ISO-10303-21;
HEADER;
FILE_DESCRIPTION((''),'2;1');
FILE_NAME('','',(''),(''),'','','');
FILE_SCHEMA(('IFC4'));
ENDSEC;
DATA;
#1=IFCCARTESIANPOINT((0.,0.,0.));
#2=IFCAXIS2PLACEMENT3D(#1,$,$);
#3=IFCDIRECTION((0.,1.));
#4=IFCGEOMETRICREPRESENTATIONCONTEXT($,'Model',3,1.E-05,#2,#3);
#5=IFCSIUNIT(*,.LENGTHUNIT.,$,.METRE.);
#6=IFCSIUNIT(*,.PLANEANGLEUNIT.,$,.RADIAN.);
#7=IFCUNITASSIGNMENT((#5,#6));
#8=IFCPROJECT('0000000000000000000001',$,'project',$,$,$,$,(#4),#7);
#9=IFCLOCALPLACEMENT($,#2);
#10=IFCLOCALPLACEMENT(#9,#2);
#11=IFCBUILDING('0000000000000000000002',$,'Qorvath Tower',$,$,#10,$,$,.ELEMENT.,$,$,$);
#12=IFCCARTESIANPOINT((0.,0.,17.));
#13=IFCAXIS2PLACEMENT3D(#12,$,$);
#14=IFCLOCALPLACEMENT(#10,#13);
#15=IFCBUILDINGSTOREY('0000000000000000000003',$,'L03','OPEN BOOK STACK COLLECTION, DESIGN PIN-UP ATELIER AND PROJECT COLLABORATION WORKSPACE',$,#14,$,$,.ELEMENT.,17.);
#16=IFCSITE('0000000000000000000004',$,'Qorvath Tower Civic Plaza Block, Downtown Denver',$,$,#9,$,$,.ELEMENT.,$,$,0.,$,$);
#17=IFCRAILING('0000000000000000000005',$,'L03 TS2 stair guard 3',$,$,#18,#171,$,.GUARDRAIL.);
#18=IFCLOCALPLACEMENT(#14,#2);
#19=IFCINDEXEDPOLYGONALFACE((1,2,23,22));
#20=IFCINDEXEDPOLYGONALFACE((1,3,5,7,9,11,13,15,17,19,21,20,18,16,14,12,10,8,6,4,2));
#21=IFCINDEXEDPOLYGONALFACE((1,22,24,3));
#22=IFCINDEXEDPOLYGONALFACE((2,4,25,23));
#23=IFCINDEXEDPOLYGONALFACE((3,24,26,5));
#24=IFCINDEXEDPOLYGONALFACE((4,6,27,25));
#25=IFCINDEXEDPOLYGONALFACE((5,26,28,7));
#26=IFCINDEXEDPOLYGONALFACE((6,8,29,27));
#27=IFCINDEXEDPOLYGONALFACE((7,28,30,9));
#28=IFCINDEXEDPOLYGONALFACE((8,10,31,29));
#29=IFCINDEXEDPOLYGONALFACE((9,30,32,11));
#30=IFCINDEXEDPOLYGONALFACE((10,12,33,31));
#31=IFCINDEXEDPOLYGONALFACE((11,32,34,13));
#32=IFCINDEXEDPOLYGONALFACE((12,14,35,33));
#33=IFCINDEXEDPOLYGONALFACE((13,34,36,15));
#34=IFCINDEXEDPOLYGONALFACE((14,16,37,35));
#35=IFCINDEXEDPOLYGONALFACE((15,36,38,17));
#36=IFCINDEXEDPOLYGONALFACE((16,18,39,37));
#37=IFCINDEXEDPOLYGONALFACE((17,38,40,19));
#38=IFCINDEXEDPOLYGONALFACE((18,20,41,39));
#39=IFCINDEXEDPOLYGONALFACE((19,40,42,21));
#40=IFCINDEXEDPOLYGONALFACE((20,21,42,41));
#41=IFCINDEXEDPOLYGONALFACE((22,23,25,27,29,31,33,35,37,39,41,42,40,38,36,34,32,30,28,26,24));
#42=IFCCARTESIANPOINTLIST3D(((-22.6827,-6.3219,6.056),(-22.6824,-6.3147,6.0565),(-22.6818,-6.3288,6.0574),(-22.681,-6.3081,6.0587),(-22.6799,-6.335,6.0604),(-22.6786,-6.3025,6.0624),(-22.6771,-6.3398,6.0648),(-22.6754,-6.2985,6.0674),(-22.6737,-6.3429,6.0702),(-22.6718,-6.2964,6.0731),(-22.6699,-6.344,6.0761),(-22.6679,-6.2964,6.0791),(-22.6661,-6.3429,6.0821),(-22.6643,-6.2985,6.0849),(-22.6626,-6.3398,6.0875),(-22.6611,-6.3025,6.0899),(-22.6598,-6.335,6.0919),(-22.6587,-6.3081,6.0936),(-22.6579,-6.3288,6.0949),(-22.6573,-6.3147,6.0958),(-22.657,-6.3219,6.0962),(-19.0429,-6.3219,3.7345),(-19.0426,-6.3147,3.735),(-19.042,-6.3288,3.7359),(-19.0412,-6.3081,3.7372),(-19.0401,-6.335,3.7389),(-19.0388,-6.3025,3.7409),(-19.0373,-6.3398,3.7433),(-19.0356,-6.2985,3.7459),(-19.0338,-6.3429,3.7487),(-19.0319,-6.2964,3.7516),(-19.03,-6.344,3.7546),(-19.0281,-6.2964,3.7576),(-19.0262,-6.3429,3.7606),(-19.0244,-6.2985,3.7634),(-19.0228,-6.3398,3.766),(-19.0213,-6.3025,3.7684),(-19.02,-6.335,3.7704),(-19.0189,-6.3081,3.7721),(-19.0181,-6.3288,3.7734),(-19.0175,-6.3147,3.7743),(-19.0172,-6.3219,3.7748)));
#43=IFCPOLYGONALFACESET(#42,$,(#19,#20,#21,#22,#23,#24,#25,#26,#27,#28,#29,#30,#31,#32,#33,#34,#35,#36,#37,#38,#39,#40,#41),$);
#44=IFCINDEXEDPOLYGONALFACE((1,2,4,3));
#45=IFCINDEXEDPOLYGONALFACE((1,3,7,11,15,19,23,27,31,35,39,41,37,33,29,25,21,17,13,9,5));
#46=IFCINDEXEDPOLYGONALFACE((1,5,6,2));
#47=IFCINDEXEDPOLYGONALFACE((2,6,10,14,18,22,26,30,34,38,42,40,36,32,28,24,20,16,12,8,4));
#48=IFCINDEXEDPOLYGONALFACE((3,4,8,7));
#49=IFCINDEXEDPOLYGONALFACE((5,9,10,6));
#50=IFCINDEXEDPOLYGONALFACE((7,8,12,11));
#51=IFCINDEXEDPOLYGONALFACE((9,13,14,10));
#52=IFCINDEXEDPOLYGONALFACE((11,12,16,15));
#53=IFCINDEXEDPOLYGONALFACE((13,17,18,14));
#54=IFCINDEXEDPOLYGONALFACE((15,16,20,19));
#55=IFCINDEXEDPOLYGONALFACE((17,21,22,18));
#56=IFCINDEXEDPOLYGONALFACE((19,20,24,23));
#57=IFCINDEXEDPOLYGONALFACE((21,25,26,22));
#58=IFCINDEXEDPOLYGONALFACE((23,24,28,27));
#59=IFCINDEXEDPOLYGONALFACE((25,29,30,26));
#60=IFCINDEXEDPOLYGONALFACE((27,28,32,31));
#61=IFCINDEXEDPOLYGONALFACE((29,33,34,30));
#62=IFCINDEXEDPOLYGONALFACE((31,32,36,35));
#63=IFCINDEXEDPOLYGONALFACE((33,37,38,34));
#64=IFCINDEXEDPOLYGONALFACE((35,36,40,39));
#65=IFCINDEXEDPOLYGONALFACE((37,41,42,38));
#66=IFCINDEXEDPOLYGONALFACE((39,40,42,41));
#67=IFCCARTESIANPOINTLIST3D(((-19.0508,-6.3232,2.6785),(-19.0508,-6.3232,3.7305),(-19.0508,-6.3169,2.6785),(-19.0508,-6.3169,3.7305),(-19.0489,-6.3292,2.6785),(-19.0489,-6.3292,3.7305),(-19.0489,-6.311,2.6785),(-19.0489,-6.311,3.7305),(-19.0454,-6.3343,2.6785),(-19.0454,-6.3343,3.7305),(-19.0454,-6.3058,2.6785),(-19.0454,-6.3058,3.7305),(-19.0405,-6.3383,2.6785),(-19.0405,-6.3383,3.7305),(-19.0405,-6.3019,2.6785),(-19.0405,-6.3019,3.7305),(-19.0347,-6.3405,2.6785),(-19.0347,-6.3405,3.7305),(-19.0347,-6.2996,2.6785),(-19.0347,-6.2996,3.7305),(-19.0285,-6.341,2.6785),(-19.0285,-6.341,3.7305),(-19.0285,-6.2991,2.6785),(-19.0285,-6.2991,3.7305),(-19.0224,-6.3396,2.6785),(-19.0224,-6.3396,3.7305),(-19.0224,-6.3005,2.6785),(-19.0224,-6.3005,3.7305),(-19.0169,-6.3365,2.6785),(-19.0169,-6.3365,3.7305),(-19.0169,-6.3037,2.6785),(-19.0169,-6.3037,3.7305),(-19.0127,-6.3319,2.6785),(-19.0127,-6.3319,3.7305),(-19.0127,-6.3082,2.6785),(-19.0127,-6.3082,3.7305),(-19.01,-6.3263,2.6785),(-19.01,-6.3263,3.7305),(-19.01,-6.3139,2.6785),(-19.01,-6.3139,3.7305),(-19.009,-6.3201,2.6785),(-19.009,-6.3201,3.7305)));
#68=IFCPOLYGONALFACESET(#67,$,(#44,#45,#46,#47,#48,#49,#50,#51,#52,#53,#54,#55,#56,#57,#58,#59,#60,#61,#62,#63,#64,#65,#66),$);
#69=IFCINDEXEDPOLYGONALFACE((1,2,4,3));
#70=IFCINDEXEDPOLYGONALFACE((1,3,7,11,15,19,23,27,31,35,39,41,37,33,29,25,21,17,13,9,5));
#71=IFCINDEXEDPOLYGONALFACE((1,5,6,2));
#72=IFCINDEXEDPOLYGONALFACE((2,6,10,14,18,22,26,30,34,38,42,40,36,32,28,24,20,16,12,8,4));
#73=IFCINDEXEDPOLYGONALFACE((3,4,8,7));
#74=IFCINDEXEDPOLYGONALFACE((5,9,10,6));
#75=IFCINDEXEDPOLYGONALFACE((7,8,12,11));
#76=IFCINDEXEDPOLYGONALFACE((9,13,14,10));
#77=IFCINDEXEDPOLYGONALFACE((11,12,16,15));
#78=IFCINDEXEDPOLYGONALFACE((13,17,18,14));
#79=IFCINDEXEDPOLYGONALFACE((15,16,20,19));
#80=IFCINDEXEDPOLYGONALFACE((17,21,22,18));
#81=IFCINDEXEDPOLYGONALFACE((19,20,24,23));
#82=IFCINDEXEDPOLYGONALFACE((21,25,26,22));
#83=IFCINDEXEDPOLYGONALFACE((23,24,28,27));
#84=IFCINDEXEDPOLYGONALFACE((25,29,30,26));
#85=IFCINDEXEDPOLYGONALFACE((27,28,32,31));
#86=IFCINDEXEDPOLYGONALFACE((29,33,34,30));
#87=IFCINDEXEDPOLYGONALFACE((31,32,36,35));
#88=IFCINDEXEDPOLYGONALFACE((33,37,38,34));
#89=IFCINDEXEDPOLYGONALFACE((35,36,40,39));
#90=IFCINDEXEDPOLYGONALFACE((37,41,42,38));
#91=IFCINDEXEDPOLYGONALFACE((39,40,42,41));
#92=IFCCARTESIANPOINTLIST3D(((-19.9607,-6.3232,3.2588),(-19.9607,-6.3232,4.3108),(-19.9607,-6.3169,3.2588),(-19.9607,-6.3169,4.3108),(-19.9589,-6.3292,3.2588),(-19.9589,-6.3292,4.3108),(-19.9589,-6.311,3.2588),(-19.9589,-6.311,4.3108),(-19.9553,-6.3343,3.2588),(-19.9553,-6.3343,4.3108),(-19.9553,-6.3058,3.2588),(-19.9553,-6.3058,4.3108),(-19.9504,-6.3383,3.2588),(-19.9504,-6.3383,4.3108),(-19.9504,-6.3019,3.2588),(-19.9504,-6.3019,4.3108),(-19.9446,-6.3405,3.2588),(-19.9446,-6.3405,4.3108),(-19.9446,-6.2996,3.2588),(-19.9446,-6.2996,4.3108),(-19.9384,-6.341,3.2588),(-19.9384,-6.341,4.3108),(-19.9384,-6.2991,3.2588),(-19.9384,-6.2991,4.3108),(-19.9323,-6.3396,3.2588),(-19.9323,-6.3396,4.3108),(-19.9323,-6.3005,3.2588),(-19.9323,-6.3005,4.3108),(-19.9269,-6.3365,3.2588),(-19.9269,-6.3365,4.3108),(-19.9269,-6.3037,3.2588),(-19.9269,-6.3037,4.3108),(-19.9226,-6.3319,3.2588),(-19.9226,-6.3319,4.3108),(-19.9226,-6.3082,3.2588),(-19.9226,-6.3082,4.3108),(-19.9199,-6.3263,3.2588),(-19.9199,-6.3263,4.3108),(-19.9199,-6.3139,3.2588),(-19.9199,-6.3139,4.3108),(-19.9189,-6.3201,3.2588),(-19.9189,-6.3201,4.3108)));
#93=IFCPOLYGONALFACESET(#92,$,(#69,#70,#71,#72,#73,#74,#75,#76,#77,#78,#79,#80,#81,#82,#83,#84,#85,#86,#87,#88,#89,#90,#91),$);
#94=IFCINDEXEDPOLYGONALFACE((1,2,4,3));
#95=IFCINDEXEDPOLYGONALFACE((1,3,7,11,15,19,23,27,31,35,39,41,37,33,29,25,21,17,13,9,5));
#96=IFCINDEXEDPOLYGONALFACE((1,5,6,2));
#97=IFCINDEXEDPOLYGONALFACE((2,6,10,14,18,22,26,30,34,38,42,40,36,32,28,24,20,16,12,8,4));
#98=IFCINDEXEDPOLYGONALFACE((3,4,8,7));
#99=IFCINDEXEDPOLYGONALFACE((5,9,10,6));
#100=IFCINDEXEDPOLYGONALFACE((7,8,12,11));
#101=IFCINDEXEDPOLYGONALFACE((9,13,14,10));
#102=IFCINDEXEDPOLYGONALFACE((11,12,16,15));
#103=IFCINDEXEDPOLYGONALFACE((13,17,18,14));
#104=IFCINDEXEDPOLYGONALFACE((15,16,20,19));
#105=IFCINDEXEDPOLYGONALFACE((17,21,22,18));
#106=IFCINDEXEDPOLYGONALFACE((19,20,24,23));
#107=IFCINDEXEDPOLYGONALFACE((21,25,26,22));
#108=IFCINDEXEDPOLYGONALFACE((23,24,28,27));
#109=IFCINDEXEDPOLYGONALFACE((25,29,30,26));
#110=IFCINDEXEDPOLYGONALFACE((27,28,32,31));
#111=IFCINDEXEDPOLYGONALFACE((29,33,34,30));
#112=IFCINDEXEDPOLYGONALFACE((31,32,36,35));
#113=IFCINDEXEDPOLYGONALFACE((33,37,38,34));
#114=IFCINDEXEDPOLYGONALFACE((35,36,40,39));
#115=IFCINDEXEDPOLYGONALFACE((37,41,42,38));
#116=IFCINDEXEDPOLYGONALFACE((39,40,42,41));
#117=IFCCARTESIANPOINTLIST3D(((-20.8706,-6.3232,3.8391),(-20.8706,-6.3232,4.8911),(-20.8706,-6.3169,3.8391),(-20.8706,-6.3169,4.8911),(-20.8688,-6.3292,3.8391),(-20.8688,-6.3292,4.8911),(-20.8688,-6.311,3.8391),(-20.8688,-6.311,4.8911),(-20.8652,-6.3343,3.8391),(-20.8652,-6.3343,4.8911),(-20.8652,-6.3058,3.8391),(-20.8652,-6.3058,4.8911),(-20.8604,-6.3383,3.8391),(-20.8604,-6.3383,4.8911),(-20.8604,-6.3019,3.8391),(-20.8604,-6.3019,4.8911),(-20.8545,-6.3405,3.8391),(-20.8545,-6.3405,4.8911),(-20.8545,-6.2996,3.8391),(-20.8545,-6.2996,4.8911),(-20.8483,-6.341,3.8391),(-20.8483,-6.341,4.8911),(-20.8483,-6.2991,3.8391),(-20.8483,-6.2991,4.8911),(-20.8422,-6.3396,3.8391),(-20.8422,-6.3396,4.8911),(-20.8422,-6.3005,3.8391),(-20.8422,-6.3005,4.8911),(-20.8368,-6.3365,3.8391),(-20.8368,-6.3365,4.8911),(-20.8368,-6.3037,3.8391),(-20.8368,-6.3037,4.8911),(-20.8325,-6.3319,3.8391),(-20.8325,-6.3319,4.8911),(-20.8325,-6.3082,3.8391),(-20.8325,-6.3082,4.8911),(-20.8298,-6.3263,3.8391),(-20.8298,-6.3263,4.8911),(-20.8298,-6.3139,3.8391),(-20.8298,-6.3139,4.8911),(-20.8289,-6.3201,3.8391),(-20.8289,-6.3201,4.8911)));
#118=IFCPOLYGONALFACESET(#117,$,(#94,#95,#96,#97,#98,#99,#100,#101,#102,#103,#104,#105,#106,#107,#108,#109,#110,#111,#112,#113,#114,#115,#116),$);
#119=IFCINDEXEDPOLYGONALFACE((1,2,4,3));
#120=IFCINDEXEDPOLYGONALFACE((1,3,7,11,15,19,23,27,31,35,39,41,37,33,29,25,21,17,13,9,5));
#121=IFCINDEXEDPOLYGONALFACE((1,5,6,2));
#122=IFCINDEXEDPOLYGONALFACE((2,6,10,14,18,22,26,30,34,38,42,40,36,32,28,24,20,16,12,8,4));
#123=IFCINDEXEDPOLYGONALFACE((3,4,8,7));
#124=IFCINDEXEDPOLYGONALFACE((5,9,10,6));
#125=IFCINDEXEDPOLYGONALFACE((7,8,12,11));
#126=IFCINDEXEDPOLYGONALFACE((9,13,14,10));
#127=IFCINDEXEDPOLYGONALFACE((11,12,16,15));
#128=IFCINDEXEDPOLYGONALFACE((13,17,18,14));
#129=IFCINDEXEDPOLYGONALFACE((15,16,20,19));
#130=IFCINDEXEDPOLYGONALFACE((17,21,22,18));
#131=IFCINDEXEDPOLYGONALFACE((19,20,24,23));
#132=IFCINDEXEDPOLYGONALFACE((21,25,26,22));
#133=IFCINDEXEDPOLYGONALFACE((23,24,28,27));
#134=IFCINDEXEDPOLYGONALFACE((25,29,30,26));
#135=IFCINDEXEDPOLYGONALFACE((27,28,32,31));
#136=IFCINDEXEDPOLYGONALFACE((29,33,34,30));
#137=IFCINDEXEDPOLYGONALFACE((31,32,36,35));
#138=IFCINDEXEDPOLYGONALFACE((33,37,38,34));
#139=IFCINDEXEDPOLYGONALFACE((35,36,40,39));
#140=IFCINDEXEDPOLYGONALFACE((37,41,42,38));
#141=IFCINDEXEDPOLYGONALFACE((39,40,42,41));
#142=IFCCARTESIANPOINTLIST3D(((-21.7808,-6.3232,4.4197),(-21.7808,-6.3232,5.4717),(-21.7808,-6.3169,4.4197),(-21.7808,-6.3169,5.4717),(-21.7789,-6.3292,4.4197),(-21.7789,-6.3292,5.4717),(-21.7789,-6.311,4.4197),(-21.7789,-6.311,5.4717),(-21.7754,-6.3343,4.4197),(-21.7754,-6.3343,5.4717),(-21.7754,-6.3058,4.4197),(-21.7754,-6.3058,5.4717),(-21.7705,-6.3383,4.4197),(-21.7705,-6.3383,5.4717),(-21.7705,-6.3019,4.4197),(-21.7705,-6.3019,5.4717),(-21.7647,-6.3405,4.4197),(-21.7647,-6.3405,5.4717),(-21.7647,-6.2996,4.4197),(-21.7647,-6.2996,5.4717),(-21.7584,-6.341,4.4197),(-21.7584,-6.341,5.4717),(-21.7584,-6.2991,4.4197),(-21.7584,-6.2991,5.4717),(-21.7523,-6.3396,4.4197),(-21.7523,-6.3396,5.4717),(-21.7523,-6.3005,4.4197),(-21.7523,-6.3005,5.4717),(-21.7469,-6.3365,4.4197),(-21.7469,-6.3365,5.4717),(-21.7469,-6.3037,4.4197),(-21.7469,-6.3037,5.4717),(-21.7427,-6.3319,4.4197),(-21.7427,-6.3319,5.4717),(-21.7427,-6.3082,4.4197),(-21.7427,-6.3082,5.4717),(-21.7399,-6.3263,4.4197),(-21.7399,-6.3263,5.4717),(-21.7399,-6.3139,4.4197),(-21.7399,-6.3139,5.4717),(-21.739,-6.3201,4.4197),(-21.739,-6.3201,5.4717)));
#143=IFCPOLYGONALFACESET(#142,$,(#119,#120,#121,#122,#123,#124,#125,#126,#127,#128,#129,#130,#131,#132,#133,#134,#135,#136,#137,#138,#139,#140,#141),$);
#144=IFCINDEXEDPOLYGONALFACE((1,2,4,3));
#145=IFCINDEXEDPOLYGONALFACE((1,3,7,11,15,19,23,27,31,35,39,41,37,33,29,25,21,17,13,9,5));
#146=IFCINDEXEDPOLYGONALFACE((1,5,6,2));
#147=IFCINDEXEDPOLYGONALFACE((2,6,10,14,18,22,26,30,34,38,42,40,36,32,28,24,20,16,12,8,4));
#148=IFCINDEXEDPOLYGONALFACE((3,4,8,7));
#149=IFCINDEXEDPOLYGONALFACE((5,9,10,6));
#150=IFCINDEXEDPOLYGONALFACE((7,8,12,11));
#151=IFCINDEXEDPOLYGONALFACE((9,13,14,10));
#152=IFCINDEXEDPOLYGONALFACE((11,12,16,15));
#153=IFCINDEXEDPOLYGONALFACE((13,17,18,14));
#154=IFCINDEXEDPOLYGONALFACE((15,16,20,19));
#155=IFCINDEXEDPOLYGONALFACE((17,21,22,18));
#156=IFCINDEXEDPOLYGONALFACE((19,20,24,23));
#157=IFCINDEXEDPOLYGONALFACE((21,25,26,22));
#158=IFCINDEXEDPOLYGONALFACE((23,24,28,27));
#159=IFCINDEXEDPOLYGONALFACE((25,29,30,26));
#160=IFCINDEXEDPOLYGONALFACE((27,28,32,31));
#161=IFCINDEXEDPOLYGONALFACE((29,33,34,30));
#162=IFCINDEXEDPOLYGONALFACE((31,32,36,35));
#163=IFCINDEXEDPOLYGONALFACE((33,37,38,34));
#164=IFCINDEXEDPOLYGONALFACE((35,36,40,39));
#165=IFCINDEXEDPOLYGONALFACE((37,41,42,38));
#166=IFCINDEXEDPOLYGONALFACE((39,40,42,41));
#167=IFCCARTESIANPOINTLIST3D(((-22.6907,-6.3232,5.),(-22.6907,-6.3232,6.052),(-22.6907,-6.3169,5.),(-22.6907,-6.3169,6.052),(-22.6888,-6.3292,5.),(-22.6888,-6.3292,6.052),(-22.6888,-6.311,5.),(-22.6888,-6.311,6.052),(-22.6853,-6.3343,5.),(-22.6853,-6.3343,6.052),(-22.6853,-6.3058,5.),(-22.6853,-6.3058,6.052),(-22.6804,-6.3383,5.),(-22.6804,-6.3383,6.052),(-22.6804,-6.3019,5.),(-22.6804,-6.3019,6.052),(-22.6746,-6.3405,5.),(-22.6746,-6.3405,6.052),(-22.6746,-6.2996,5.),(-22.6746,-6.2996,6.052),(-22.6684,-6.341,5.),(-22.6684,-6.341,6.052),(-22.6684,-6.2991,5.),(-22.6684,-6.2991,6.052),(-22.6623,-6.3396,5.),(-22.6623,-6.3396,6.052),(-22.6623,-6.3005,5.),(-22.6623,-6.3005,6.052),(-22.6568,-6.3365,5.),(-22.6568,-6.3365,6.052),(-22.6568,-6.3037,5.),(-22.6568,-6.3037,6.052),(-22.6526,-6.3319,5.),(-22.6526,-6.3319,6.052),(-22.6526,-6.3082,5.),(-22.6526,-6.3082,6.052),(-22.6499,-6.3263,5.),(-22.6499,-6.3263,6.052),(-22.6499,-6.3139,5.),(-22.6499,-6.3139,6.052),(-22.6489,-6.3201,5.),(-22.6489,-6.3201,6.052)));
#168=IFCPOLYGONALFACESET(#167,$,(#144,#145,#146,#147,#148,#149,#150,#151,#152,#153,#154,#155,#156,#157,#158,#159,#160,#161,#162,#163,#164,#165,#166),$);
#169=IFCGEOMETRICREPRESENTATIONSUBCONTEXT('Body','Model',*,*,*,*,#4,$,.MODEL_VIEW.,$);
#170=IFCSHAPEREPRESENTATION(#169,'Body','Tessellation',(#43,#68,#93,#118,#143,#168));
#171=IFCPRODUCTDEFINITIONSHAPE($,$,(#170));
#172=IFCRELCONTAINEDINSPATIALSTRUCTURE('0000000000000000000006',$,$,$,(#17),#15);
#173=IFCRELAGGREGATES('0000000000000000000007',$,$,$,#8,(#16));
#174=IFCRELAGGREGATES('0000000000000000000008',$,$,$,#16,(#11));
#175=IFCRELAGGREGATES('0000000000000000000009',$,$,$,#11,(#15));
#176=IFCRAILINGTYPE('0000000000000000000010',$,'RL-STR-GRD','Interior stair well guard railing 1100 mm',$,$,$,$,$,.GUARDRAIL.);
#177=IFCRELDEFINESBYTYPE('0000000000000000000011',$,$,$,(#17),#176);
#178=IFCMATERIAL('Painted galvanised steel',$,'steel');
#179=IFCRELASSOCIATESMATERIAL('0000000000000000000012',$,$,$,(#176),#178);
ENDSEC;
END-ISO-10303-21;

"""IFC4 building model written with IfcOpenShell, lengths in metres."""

from ifc_helpers import new_model, si_unit, direction, frame, origin, origin_2d, place, context, subcontext, project, spatial, circle, extrude, material, type_object, element, save


model = new_model("IFC4")

# Units and contexts
model_context = context("Model", 3, precision=1e-05, world=origin(), true_north=direction((0.0, 1.0)))
body_context = subcontext(model_context, "Body", "Model", "MODEL_VIEW")
ifc_project = project(units=[si_unit("LENGTHUNIT", "METRE"), si_unit("PLANEANGLEUNIT", "RADIAN")], contexts=[model_context])

# Site, building, storey
site_placement = place(None, origin())
site = spatial("IfcSite", under=ifc_project, at=site_placement, Name="Qorvath Tower Civic Plaza Block, Downtown Denver", CompositionType="ELEMENT", RefElevation=0.0)
building_placement = place(site_placement, origin())
building = spatial("IfcBuilding", under=site, at=building_placement, Name="Qorvath Tower", CompositionType="ELEMENT")
storey_placement = place(building_placement, frame((0.0, 0.0, 17.0)))
storey = spatial("IfcBuildingStorey", under=building, at=storey_placement, Name="L03", Description="OPEN BOOK STACK COLLECTION, DESIGN PIN-UP ATELIER AND PROJECT COLLABORATION WORKSPACE", CompositionType="ELEMENT", Elevation=17.0)

# Railing
ifc_material_1 = material(Name="Painted galvanised steel", Category="steel")
railing_type_1 = type_object("IfcRailingType", Name="RL-STR-GRD", Description="Interior stair well guard railing 1100 mm", PredefinedType="GUARDRAIL", material=ifc_material_1)
railing_1_placement = place(storey_placement, frame((-19.03, -6.3201, 2.6785)))
element("IfcRailing", 1, at=railing_1_placement, inside=storey, type_object=railing_type_1, Name="L03 TS2 stair guard 3", PredefinedType="GUARDRAIL", context=body_context, shape_type="SweptSolid", body=[
    extrude(circle(Radius=0.0239, at=origin_2d()), frame((0.0, 0.0, 1.0762), z_axis=(-0.843112, 0.0, 0.537739), x_axis=(0.0, -1.0, 0.0)), (0.0, 0.0, 1.0), 4.3171),
    extrude(circle(Radius=0.021, at=origin_2d()), origin(), (0.0, 0.0, 1.0), 1.052),
    extrude(circle(Radius=0.021, at=origin_2d()), frame((-0.9099, 0.0, 0.5803)), (0.0, 0.0, 1.0), 1.052),
    extrude(circle(Radius=0.021, at=origin_2d()), frame((-1.8198, 0.0, 1.1606)), (0.0, 0.0, 1.0), 1.052),
    extrude(circle(Radius=0.021, at=origin_2d()), frame((-2.73, 0.0, 1.7412)), (0.0, 0.0, 1.0), 1.052),
    extrude(circle(Radius=0.021, at=origin_2d()), frame((-3.6399, 0.0, 2.3215)), (0.0, 0.0, 1.0), 1.052),
])

save(model, "model.ifc")
